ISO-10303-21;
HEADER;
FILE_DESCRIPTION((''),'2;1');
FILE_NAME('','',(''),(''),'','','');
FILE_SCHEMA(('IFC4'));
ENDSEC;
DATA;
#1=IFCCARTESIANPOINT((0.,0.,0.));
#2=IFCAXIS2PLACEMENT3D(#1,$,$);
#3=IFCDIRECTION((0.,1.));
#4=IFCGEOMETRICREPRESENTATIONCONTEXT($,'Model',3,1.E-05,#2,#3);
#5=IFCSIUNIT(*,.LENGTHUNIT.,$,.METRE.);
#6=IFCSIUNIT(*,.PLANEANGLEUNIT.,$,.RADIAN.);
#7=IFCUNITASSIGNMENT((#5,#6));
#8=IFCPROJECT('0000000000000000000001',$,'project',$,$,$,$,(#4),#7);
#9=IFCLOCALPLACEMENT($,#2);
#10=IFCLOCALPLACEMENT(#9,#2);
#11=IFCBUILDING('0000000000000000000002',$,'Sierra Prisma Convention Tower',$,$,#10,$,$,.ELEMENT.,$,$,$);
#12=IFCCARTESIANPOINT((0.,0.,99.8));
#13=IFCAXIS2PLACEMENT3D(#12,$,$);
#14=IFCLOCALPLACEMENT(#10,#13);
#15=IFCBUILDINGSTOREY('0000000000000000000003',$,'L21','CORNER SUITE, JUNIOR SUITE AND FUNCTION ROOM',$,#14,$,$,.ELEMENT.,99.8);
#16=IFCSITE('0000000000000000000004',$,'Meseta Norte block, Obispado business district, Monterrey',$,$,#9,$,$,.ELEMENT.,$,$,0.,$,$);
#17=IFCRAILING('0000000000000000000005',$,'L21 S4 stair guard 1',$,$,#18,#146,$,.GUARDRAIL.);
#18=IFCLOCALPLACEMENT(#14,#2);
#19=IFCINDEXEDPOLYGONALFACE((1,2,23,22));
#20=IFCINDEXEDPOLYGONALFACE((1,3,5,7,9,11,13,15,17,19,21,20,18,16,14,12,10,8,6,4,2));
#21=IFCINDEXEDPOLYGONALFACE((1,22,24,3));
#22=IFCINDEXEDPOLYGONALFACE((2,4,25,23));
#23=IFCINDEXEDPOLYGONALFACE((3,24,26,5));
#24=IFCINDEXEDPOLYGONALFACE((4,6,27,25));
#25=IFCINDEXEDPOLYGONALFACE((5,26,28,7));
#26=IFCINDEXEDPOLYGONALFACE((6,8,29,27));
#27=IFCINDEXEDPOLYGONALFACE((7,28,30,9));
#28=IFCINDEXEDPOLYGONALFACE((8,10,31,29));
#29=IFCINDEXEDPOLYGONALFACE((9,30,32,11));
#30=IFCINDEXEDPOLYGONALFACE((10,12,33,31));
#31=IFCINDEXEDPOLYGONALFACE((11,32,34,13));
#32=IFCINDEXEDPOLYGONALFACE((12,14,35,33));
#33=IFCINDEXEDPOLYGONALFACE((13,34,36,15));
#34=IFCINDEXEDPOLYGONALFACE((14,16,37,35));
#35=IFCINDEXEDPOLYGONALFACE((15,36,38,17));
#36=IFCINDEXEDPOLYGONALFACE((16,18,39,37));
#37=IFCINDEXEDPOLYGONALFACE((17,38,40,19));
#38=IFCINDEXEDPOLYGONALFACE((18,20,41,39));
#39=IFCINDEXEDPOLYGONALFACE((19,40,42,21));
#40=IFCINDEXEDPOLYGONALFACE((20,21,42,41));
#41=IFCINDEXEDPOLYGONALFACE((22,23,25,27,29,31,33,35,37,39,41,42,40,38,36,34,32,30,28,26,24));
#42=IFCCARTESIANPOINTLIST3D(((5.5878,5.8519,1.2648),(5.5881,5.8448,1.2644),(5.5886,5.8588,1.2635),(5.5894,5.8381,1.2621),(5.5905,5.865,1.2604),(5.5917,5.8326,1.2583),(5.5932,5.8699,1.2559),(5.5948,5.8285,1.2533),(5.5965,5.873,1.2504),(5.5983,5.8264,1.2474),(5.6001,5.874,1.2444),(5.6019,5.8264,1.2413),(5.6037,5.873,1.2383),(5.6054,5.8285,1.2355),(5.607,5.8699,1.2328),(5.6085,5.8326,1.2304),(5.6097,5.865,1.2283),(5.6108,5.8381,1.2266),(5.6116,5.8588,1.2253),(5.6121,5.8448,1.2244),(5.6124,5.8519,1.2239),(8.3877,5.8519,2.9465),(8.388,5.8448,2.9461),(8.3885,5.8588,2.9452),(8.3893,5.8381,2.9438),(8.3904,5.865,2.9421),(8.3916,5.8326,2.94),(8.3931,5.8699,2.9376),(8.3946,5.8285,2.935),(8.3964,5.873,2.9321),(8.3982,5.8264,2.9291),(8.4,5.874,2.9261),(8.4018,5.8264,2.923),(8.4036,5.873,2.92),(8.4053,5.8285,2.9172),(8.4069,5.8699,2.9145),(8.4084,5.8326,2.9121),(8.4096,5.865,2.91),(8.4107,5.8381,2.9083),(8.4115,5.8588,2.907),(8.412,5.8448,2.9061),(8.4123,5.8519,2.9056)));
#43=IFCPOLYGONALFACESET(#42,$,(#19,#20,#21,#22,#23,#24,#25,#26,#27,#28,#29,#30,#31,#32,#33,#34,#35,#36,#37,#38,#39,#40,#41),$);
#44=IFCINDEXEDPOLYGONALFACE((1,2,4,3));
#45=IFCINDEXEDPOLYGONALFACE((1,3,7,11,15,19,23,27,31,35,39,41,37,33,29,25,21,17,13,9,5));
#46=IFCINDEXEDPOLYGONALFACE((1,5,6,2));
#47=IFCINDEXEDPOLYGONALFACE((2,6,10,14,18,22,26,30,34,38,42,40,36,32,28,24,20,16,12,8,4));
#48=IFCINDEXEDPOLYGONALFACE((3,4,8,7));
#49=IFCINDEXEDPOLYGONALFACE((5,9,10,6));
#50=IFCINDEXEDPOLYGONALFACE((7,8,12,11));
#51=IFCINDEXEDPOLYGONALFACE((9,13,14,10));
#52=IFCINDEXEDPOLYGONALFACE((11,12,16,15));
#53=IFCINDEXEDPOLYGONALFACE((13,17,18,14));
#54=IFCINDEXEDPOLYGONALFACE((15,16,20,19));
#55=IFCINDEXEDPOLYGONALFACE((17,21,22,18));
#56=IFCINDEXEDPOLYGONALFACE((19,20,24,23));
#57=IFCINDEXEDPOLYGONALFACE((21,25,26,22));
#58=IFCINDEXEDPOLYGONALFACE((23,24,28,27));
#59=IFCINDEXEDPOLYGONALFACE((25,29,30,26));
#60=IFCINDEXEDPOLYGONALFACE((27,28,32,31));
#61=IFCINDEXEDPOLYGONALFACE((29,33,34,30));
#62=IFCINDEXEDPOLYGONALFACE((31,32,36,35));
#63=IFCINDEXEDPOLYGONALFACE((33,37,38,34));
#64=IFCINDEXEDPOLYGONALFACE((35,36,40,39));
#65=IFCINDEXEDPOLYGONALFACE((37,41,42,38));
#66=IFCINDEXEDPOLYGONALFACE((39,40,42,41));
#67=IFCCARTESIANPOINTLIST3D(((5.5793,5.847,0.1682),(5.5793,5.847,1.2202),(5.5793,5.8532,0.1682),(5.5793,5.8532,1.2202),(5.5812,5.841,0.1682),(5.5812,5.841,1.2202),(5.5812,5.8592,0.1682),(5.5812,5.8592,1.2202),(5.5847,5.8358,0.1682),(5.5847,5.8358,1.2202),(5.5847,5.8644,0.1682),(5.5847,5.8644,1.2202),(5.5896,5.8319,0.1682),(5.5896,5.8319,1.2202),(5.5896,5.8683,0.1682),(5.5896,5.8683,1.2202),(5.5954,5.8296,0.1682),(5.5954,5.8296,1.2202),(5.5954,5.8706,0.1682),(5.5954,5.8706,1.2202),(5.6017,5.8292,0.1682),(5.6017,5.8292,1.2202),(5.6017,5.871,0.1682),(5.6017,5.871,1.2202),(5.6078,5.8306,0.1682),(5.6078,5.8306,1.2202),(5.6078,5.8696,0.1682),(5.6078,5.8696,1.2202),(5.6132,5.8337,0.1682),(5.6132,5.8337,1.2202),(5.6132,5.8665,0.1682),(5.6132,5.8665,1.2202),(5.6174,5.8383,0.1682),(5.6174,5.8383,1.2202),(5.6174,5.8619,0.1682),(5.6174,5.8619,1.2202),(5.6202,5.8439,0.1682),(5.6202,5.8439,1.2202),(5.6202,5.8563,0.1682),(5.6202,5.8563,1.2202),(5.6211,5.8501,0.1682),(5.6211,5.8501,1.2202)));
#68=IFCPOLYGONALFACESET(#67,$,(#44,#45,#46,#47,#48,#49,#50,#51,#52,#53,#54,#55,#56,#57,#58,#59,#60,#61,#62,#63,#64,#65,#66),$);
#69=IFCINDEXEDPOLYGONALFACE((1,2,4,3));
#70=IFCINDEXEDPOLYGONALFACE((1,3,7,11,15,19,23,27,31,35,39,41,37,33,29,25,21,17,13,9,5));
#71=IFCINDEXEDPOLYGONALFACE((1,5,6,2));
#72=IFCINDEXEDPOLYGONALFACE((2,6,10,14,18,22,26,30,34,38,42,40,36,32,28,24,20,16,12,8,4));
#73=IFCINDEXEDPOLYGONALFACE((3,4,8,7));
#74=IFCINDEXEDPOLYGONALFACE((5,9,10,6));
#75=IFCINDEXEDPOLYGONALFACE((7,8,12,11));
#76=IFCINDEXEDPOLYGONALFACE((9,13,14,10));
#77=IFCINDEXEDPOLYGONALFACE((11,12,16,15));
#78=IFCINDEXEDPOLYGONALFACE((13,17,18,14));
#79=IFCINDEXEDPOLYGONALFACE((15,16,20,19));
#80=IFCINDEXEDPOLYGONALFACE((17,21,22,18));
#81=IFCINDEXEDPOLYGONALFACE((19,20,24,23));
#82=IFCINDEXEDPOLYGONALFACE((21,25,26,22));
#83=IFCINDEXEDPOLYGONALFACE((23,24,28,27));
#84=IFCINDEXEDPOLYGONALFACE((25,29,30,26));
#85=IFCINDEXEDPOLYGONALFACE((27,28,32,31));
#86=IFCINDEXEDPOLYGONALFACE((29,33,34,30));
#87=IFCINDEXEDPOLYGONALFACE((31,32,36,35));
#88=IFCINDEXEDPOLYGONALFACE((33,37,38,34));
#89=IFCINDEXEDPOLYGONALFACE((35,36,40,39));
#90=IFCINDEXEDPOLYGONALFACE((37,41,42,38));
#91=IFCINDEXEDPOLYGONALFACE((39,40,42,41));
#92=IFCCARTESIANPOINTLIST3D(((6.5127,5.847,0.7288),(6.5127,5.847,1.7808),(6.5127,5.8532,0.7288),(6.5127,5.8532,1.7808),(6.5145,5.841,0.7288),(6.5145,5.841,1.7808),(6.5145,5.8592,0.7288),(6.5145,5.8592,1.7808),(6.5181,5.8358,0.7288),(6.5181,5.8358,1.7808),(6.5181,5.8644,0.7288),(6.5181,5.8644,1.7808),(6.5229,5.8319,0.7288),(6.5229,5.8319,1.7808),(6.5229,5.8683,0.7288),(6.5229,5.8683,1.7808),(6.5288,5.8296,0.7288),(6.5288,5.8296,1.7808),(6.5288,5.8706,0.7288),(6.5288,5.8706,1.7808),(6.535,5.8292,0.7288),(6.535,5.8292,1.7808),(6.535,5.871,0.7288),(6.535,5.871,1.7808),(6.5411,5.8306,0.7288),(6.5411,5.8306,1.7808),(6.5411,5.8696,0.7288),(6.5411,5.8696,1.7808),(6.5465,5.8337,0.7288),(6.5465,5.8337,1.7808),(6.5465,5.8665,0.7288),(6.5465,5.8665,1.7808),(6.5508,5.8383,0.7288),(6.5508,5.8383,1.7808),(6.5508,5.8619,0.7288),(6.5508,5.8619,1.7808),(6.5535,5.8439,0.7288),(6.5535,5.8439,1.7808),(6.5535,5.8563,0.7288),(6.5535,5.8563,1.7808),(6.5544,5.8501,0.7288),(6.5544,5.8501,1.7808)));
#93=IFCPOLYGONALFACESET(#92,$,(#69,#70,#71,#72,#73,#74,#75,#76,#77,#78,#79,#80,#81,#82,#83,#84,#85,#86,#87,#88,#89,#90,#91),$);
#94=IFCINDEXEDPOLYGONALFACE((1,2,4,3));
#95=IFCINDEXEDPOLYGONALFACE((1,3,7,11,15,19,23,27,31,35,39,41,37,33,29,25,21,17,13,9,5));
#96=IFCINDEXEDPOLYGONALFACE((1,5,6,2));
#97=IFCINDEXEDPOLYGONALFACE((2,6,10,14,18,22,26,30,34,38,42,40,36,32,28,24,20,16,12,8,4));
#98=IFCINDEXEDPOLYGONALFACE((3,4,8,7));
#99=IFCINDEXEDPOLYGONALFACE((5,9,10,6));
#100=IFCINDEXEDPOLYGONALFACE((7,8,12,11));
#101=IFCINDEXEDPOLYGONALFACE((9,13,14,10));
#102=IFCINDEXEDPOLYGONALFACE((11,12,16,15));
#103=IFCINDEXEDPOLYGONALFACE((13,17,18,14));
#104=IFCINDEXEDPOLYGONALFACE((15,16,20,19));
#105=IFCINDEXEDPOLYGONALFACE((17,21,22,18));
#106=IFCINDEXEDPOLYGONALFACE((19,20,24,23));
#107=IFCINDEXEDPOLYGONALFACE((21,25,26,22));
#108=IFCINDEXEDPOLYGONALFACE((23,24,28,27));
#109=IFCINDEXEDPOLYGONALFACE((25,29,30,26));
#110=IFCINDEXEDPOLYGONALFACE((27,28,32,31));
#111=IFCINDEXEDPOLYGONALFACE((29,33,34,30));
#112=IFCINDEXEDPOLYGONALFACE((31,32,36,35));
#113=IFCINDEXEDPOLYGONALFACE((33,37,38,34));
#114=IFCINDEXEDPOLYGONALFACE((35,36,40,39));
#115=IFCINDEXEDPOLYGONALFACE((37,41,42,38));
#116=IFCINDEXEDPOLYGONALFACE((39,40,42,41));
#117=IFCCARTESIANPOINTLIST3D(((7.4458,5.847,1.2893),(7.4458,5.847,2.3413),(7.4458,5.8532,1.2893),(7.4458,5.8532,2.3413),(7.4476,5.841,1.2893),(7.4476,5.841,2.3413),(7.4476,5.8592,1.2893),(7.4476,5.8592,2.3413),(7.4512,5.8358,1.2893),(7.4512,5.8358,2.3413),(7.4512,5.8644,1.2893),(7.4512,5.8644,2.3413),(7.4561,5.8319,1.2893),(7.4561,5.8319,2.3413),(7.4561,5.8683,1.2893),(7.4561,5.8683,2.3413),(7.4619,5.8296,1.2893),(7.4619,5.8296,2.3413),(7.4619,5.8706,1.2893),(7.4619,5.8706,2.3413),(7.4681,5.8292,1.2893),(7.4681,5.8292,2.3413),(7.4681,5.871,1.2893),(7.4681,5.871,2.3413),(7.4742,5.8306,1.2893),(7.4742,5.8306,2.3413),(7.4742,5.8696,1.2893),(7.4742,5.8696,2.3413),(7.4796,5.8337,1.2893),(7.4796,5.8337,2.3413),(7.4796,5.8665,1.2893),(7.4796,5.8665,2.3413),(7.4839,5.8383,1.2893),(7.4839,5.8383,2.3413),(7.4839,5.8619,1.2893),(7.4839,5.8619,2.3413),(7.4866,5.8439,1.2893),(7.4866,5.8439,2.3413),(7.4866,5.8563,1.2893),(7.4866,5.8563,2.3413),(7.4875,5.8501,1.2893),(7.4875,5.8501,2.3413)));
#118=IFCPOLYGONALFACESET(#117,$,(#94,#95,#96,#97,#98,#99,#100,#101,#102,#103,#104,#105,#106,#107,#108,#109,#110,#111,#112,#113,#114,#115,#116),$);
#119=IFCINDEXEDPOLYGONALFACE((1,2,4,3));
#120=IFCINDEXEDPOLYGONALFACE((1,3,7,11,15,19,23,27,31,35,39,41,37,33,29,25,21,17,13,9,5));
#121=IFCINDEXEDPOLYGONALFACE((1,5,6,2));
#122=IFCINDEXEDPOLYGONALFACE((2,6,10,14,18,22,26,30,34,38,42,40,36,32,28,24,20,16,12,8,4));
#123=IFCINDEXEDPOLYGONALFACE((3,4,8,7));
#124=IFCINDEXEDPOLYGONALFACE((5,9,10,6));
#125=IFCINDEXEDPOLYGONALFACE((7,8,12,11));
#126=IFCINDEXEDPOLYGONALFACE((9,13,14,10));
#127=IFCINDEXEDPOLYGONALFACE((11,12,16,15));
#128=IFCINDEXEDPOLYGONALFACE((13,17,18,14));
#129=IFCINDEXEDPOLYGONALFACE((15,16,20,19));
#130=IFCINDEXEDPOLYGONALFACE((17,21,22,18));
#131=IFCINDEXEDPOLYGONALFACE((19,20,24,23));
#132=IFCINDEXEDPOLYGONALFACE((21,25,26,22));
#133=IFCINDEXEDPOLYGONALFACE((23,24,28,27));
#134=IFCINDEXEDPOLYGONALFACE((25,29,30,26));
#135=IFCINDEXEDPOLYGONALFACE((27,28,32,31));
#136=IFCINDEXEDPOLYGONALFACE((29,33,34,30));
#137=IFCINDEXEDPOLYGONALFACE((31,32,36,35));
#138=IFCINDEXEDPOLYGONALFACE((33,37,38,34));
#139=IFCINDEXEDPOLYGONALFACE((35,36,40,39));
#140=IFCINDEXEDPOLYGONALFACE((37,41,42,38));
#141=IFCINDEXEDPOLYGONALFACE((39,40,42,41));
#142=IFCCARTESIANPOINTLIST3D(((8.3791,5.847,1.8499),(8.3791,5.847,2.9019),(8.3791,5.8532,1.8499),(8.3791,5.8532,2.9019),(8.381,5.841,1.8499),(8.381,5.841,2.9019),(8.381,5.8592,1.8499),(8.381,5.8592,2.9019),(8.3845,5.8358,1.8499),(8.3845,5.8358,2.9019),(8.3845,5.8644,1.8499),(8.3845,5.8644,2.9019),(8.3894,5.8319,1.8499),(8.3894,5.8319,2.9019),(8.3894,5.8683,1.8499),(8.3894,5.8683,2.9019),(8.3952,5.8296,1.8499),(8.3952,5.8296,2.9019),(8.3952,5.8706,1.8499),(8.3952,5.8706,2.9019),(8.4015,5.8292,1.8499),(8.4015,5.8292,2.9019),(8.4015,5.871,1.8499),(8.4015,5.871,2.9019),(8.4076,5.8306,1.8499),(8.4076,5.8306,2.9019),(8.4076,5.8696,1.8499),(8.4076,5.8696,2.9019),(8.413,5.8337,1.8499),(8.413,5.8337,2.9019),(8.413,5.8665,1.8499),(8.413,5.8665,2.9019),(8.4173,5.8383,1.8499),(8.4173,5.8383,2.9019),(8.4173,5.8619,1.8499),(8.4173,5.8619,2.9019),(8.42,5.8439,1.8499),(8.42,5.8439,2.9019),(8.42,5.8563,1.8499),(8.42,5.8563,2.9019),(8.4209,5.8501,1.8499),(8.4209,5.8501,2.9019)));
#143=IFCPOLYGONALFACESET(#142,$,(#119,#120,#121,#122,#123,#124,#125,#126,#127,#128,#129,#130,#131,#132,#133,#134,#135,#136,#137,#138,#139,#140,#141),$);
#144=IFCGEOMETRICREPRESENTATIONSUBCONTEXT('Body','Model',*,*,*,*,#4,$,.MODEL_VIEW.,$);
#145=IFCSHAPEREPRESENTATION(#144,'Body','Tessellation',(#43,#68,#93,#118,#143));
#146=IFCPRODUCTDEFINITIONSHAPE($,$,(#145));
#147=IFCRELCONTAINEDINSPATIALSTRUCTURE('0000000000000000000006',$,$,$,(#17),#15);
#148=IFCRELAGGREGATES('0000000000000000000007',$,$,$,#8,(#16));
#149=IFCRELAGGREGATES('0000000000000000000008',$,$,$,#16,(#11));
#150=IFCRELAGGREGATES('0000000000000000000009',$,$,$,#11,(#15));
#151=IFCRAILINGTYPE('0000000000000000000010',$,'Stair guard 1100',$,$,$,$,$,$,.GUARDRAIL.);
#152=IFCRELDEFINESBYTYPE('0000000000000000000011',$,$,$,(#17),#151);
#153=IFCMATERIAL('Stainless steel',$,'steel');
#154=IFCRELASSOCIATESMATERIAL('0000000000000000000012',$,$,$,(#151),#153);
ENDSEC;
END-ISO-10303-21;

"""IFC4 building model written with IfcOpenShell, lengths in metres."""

from ifc_helpers import new_model, si_unit, direction, frame, origin, origin_2d, place, context, subcontext, project, spatial, circle, extrude, material, type_object, element, save


model = new_model("IFC4")

# Units and contexts
model_context = context("Model", 3, precision=1e-05, world=origin(), true_north=direction((0.0, 1.0)))
body_context = subcontext(model_context, "Body", "Model", "MODEL_VIEW")
ifc_project = project(units=[si_unit("LENGTHUNIT", "METRE"), si_unit("PLANEANGLEUNIT", "RADIAN")], contexts=[model_context])

# Site, building, storey
site_placement = place(None, origin())
site = spatial("IfcSite", under=ifc_project, at=site_placement, Name="Meseta Norte block, Obispado business district, Monterrey", CompositionType="ELEMENT", RefElevation=0.0)
building_placement = place(site_placement, origin())
building = spatial("IfcBuilding", under=site, at=building_placement, Name="Sierra Prisma Convention Tower", CompositionType="ELEMENT")
storey_placement = place(building_placement, frame((0.0, 0.0, 99.8)))
storey = spatial("IfcBuildingStorey", under=building, at=storey_placement, Name="L21", Description="CORNER SUITE, JUNIOR SUITE AND FUNCTION ROOM", CompositionType="ELEMENT", Elevation=99.8)

# Railing
ifc_material_1 = material(Name="Stainless steel", Category="steel")
railing_type_1 = type_object("IfcRailingType", Name="Stair guard 1100", PredefinedType="GUARDRAIL", material=ifc_material_1)
railing_1_placement = place(storey_placement, frame((5.6001, 5.8501, 0.1682)))
element("IfcRailing", 1, at=railing_1_placement, inside=storey, type_object=railing_type_1, Name="L21 S4 stair guard 1", PredefinedType="GUARDRAIL", context=body_context, shape_type="SweptSolid", body=[
    extrude(circle(Radius=0.0239, at=origin_2d()), frame((0.0, 0.0, 1.0762), z_axis=(0.857255, 0.0, 0.514891), x_axis=(0.0, 1.0, 0.0)), (0.0, 0.0, 1.0), 3.2661),
    extrude(circle(Radius=0.021, at=origin_2d()), origin(), (0.0, 0.0, 1.0), 1.052),
    extrude(circle(Radius=0.021, at=origin_2d()), frame((0.9333, 0.0, 0.5605)), (0.0, 0.0, 1.0), 1.052),
    extrude(circle(Radius=0.021, at=origin_2d()), frame((1.8665, 0.0, 1.1211)), (0.0, 0.0, 1.0), 1.052),
    extrude(circle(Radius=0.021, at=origin_2d()), frame((2.7998, 0.0, 1.6816)), (0.0, 0.0, 1.0), 1.052),
])

save(model, "model.ifc")
